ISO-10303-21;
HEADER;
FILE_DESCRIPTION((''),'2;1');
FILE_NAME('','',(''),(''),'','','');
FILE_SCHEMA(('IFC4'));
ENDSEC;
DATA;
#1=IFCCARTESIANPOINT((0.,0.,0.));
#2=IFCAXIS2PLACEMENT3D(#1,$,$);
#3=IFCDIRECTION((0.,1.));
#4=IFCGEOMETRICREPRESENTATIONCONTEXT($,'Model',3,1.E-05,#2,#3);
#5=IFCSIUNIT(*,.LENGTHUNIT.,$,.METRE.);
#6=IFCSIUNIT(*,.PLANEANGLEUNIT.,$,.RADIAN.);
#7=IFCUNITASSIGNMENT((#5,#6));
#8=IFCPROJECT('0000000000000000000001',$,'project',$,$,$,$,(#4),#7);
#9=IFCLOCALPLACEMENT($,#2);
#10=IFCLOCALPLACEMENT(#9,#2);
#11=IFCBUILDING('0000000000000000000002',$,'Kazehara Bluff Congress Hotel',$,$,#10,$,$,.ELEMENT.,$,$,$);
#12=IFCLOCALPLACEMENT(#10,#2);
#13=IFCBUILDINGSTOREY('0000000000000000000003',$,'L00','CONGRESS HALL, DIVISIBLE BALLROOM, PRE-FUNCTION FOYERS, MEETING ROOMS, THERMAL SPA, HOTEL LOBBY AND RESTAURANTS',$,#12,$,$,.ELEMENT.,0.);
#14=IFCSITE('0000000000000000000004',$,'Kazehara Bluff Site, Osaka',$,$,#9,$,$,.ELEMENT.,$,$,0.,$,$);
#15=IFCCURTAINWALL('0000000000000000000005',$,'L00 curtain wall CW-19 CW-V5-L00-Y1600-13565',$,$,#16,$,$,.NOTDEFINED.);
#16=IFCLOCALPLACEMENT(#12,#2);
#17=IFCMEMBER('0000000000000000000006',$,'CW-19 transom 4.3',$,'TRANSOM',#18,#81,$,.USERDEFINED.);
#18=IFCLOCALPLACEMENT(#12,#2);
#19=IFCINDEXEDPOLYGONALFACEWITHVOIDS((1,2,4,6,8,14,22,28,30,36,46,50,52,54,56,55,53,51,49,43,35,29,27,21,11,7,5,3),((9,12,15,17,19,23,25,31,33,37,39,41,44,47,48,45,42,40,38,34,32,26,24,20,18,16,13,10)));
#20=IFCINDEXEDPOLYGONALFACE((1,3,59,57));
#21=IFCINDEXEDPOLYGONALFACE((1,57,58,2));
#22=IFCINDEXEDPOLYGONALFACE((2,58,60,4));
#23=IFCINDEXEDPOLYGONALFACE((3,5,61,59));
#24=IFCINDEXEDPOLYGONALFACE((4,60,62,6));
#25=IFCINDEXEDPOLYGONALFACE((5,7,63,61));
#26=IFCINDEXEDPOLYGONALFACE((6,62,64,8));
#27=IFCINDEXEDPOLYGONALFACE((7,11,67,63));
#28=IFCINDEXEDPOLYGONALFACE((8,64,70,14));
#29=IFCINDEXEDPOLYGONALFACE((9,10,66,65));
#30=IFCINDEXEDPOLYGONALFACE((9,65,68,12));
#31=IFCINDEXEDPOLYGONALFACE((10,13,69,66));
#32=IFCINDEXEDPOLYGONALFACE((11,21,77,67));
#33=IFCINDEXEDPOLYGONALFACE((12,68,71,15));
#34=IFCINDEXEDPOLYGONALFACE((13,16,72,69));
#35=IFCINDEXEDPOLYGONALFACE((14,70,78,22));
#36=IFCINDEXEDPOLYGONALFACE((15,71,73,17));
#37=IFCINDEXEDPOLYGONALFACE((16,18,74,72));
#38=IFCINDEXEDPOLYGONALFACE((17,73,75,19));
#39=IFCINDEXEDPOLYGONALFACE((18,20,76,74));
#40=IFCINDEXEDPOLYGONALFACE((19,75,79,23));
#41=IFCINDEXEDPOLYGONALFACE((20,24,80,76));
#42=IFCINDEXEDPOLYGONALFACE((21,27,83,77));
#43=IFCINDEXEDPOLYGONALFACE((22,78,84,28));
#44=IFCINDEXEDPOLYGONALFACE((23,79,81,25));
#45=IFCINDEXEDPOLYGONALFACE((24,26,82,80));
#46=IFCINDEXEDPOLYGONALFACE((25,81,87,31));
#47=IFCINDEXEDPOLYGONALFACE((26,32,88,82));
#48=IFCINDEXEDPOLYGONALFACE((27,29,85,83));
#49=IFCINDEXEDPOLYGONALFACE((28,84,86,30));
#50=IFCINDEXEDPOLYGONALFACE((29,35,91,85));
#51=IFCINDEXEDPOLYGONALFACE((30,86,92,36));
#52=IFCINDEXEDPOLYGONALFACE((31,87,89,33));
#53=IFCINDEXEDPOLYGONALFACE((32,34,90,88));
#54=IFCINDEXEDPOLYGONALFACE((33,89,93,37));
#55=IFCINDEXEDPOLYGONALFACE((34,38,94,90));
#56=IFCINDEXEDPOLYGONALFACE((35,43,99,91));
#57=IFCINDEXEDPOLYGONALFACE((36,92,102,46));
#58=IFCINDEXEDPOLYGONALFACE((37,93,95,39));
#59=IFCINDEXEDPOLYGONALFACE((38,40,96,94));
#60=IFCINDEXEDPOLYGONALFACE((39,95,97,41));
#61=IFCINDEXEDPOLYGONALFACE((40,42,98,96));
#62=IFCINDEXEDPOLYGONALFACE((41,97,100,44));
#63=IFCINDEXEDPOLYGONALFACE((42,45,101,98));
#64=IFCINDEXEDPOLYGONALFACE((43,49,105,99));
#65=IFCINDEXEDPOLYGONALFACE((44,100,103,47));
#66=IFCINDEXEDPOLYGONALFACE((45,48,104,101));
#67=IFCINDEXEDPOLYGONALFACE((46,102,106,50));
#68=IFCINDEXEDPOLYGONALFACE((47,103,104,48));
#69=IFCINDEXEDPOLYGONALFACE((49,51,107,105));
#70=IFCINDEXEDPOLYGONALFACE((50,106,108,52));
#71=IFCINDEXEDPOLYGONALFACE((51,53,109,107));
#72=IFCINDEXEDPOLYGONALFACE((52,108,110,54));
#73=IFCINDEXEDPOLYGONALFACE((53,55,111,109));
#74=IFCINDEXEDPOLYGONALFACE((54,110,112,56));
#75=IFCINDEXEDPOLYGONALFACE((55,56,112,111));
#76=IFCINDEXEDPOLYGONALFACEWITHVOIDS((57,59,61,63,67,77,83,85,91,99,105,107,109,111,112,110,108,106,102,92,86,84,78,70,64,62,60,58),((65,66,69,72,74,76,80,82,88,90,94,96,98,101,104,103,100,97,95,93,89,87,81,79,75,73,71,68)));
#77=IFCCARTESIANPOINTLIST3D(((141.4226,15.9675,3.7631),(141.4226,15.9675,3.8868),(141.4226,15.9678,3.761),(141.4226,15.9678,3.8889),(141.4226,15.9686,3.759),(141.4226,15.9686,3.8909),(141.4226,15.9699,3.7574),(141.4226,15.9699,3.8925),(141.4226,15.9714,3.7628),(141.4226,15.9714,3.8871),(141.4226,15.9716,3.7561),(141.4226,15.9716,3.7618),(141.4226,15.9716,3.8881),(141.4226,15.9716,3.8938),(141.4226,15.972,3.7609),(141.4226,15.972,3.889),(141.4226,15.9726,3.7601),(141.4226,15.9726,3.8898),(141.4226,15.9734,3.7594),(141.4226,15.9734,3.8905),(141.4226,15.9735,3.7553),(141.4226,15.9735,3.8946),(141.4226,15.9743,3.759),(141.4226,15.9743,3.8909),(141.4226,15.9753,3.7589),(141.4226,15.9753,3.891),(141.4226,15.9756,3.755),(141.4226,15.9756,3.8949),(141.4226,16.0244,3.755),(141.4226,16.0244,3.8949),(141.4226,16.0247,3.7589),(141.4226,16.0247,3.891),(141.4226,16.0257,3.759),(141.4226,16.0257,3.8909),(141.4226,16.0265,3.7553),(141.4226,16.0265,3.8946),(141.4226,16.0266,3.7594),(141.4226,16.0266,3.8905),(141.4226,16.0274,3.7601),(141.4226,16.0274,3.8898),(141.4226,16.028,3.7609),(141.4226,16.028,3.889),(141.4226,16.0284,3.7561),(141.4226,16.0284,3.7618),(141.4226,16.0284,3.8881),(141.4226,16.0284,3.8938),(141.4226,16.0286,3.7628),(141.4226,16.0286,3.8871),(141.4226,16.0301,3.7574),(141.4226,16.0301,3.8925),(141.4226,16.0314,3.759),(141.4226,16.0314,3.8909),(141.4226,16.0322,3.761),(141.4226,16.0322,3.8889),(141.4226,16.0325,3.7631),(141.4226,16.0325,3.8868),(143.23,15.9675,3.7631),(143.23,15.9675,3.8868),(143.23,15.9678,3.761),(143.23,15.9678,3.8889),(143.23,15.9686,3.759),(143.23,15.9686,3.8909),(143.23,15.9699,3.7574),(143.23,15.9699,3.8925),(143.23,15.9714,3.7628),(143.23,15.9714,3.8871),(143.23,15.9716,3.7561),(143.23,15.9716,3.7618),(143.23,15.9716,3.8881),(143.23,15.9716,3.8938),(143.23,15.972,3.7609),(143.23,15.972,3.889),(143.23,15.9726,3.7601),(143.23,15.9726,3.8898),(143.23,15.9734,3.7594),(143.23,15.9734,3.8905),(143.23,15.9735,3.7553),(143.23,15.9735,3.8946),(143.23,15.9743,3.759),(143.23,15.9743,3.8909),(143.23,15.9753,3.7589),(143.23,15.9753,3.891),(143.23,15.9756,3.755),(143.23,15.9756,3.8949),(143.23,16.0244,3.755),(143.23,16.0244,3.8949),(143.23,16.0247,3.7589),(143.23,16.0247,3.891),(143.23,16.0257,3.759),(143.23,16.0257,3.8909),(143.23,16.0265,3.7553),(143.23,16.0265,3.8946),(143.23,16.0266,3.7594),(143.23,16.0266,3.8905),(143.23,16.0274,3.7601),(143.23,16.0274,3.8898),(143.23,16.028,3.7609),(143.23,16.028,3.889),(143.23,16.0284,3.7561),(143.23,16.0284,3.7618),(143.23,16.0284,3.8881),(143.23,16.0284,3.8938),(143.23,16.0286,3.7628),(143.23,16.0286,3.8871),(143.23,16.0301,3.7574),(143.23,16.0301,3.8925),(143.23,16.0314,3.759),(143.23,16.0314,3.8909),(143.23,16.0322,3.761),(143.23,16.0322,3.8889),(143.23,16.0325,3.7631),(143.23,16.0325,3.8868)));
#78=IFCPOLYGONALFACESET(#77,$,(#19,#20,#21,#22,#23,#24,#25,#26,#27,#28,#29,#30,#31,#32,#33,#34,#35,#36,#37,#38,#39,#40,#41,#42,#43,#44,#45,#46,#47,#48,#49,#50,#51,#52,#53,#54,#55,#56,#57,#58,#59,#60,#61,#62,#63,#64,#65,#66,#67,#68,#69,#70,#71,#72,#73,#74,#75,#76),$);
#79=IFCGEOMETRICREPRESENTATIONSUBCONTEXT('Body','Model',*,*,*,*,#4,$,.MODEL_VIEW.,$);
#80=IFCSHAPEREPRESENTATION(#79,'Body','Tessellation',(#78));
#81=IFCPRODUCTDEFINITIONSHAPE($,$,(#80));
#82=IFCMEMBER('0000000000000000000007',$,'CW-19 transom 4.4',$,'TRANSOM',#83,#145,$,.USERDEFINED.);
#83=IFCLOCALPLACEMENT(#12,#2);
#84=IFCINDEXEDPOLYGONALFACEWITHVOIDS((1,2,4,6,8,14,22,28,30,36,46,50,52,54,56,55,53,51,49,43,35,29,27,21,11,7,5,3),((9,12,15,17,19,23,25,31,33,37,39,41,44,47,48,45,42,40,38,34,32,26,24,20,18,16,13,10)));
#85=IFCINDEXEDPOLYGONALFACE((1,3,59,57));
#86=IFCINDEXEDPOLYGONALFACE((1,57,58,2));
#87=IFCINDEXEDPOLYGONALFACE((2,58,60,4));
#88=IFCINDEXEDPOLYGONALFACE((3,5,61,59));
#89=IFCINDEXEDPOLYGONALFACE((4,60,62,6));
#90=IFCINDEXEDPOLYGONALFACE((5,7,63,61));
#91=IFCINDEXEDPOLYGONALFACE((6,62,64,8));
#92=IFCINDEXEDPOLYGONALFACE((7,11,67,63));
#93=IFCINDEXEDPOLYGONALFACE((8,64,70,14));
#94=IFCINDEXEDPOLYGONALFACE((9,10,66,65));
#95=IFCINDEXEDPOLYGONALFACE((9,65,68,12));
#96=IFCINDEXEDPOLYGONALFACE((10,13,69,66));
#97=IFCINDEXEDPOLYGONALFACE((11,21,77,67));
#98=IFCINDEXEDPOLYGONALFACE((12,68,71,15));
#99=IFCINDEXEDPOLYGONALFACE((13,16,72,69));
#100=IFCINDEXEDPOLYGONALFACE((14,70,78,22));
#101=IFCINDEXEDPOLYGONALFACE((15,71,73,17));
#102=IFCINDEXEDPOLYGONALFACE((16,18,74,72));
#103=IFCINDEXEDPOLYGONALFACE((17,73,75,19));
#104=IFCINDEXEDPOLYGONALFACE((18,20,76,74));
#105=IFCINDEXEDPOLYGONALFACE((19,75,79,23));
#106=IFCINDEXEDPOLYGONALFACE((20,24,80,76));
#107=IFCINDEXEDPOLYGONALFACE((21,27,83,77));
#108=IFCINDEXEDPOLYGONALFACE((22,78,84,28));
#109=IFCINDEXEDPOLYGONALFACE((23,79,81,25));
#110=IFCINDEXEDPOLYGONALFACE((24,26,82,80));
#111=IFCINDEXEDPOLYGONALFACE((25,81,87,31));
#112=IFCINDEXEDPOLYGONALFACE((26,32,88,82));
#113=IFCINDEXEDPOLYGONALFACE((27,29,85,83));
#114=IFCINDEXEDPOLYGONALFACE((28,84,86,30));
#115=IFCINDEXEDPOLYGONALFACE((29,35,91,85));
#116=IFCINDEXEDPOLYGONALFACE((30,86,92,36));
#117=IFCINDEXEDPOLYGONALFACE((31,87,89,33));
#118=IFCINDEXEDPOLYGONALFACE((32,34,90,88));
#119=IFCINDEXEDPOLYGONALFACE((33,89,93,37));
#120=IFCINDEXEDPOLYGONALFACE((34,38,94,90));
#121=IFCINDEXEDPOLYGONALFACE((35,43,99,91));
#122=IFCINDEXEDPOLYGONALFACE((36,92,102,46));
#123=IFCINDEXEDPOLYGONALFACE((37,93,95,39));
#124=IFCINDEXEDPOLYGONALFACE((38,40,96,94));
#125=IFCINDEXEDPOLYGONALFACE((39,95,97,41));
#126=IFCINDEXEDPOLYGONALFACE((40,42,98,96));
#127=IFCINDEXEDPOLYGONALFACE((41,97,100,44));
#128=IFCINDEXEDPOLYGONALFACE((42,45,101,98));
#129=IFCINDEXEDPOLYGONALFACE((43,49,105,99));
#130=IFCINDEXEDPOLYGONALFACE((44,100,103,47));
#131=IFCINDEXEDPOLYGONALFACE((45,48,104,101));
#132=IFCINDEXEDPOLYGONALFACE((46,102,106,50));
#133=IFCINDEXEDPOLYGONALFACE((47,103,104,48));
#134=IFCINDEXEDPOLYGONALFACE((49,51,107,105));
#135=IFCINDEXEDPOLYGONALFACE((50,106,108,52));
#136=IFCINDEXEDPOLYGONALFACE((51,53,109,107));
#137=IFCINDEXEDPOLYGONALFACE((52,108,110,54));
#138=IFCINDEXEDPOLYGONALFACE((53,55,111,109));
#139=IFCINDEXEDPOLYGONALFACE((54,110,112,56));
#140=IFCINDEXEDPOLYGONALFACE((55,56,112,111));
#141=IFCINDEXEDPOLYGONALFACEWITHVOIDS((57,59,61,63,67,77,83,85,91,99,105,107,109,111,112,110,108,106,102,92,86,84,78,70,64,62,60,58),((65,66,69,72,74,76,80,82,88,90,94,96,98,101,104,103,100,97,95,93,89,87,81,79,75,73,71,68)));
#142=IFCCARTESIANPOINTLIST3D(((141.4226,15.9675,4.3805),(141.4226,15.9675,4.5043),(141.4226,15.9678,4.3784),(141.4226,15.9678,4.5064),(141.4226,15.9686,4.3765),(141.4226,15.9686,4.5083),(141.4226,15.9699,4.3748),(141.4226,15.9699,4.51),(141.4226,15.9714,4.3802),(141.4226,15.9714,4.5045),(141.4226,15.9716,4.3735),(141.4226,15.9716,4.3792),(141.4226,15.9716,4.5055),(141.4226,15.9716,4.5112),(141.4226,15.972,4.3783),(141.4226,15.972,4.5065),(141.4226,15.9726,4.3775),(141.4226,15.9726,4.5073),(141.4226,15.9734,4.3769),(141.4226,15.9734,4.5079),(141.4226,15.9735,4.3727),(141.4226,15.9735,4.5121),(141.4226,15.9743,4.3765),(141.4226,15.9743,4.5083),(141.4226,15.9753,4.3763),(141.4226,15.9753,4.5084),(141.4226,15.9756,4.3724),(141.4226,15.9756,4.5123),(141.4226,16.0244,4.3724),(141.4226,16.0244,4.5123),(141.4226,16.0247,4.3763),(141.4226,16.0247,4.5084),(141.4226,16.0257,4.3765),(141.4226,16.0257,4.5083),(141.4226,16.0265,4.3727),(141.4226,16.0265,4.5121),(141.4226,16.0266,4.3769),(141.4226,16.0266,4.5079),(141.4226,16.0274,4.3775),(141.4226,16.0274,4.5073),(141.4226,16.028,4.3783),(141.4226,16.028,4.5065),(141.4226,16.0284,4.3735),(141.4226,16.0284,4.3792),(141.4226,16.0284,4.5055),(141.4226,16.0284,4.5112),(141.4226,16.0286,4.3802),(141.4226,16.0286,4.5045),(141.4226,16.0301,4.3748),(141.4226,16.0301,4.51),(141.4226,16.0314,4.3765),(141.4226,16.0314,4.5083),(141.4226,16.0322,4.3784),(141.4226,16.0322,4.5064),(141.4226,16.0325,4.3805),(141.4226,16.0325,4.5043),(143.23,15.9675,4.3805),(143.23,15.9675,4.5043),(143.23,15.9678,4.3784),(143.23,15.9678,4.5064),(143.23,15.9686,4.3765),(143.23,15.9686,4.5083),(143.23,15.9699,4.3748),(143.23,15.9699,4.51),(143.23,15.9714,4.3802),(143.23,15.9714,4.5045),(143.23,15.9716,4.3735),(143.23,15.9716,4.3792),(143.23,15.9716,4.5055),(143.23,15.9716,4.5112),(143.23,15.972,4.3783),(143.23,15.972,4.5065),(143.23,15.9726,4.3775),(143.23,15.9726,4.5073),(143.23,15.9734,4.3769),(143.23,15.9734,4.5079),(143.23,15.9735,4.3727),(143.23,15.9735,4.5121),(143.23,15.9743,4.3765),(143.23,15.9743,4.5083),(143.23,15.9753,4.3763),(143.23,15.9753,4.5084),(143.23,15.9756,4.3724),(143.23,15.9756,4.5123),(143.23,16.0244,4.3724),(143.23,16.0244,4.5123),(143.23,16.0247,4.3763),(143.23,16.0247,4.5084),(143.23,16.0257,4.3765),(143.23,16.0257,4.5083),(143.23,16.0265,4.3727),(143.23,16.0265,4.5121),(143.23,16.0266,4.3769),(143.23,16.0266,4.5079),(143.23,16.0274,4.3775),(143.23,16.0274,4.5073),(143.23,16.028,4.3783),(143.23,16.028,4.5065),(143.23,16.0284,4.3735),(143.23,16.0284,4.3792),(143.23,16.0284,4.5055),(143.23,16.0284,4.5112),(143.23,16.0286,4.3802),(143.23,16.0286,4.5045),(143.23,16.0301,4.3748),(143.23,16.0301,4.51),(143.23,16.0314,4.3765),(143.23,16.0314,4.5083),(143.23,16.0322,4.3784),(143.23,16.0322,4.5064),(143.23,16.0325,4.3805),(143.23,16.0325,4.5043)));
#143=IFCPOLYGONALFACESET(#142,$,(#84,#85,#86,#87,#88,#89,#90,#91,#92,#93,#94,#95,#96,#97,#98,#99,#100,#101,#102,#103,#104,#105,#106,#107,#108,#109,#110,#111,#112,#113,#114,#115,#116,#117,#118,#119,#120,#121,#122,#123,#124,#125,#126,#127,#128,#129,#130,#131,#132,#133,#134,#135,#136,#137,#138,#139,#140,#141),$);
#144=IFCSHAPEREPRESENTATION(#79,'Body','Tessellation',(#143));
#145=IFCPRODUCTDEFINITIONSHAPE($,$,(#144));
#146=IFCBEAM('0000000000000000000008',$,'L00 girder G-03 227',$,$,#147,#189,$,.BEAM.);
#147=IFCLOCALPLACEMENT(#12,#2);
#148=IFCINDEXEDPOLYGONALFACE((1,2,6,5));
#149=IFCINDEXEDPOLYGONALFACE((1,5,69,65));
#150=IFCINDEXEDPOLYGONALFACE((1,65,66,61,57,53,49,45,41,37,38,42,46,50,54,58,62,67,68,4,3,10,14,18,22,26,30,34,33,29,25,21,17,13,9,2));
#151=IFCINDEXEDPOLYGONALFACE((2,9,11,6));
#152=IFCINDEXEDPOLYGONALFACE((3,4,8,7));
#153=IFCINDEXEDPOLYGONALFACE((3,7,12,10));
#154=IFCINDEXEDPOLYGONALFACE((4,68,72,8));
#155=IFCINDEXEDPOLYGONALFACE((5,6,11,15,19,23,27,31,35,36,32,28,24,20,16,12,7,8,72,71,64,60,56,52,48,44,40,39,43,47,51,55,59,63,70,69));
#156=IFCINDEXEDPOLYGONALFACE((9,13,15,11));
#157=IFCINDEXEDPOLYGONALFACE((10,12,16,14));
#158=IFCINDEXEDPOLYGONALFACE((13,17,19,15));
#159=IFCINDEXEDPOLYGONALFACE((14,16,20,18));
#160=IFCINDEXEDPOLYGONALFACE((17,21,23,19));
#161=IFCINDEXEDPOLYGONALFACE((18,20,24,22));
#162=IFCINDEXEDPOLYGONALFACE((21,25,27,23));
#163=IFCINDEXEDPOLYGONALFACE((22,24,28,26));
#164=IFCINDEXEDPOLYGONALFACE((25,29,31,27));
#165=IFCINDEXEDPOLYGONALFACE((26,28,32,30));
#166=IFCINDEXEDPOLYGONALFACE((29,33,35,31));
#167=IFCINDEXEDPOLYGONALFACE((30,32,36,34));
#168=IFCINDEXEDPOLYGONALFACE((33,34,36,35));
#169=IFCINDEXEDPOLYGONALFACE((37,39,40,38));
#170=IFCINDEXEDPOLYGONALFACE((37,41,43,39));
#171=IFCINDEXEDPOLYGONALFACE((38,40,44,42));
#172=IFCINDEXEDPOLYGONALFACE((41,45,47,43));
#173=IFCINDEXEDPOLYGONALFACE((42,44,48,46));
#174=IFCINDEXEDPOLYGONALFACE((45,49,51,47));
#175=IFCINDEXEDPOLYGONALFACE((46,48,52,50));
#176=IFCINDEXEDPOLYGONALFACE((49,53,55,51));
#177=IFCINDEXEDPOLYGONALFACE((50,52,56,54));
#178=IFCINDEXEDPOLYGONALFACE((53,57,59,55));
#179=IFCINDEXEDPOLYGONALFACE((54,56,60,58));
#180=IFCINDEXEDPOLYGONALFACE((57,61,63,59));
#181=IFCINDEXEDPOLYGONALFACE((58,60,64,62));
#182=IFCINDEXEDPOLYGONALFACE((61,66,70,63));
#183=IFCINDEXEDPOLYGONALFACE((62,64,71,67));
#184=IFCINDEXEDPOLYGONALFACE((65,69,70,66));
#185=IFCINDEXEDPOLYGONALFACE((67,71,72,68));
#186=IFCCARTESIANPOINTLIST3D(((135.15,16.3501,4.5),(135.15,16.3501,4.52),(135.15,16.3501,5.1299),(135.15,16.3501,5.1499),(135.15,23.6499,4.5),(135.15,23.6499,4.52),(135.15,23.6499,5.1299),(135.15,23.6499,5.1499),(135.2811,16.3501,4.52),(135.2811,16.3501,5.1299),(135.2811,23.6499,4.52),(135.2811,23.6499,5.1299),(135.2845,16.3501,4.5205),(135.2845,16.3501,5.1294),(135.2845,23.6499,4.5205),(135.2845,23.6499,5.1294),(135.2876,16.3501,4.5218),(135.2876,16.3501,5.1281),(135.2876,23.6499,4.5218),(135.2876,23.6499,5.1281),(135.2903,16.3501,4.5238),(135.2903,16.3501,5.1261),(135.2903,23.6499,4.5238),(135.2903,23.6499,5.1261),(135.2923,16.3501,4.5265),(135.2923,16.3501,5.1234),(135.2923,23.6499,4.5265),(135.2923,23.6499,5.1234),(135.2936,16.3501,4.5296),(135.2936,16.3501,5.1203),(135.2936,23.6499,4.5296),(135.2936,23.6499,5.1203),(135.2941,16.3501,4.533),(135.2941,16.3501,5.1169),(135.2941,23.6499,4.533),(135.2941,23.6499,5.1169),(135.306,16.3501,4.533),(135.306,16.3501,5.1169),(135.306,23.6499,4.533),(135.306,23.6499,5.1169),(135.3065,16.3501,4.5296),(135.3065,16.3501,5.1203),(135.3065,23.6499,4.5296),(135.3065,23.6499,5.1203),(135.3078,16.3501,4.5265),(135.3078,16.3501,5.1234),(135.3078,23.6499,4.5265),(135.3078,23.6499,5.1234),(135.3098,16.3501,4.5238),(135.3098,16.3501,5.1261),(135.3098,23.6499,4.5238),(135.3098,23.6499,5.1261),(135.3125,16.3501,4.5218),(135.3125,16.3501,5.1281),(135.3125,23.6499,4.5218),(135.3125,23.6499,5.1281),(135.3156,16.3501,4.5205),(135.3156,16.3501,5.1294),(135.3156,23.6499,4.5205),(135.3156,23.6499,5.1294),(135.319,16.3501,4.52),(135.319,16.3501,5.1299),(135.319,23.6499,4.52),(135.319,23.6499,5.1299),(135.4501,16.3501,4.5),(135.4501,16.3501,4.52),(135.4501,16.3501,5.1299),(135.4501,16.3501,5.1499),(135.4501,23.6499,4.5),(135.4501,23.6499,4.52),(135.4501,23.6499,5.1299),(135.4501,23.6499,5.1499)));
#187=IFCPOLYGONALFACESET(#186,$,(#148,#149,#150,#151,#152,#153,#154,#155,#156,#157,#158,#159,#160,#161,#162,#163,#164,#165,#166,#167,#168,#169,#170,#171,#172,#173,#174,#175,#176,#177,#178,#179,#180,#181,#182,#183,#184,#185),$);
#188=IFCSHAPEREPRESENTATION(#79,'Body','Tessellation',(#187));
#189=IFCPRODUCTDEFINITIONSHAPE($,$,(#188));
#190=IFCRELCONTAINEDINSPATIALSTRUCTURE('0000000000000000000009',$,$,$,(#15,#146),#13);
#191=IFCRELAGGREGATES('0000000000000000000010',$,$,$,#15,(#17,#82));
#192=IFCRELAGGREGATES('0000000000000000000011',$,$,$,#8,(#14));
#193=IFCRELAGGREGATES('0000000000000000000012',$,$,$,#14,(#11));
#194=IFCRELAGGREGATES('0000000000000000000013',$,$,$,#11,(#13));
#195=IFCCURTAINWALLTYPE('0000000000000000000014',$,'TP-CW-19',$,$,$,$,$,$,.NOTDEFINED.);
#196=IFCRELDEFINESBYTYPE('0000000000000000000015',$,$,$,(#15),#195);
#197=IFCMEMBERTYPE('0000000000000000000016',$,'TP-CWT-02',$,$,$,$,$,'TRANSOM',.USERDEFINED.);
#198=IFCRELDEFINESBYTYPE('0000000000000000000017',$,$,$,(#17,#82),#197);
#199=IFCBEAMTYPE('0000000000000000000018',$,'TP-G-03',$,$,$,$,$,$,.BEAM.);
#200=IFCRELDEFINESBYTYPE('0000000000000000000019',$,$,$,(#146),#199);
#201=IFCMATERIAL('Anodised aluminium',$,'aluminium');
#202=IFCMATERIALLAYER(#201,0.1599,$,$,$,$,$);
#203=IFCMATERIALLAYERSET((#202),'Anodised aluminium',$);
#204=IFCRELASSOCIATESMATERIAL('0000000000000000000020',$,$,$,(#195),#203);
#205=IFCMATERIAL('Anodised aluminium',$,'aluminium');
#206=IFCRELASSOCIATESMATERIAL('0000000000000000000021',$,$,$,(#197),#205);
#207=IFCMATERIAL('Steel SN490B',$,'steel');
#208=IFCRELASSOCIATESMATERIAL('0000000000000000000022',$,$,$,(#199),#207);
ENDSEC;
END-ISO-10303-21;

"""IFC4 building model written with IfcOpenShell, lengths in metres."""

from ifc_helpers import new_model, si_unit, direction, frame, origin, origin_2d, place, context, subcontext, project, spatial, hollow_rectangle, i_section, extrude, material, layer, layer_set, material_profile, profile_set, type_object, element, aggregate, save


model = new_model("IFC4")

# Units and contexts
model_context = context("Model", 3, precision=1e-05, world=origin(), true_north=direction((0.0, 1.0)))
body_context = subcontext(model_context, "Body", "Model", "MODEL_VIEW")
ifc_project = project(units=[si_unit("LENGTHUNIT", "METRE"), si_unit("PLANEANGLEUNIT", "RADIAN")], contexts=[model_context])

# Site, building, storey
site_placement = place(None, origin())
site = spatial("IfcSite", under=ifc_project, at=site_placement, Name="Kazehara Bluff Site, Osaka", CompositionType="ELEMENT", RefElevation=0.0)
building_placement = place(site_placement, origin())
building = spatial("IfcBuilding", under=site, at=building_placement, Name="Kazehara Bluff Congress Hotel", CompositionType="ELEMENT")
storey_placement = place(building_placement, origin())
storey = spatial("IfcBuildingStorey", under=building, at=storey_placement, Name="L00", Description="CONGRESS HALL, DIVISIBLE BALLROOM, PRE-FUNCTION FOYERS, MEETING ROOMS, THERMAL SPA, HOTEL LOBBY AND RESTAURANTS", CompositionType="ELEMENT", Elevation=0.0)

# Curtain wall, members
ifc_material_1 = material(Name="Anodised aluminium", Category="aluminium")
ifc_layer_1 = layer(ifc_material_1, 0.1599)
ifc_layer_set_1 = layer_set([ifc_layer_1], Name="Anodised aluminium")
curtain_wall_type = type_object("IfcCurtainWallType", Name="TP-CW-19", PredefinedType="NOTDEFINED", material=ifc_layer_set_1)
curtain_wall_placement = place(storey_placement, origin())
curtain_wall = element("IfcCurtainWall", 1, at=curtain_wall_placement, inside=storey, type_object=curtain_wall_type, Name="L00 curtain wall CW-19 CW-V5-L00-Y1600-13565", PredefinedType="NOTDEFINED")
ifc_material_2 = material(Name="Anodised aluminium", Category="aluminium")
ifc_material_profile_1 = material_profile(ifc_material_2, hollow_rectangle(XDim=0.0649, YDim=0.1399, WallThickness=0.0039, InnerFilletRadius=0.0039, OuterFilletRadius=0.0081, at=origin_2d()))
ifc_profile_set_1 = profile_set([ifc_material_profile_1], Name="Anodised aluminium")
member_type_1 = type_object("IfcMemberType", Name="TP-CWT-02", ElementType="TRANSOM", PredefinedType="USERDEFINED", material=ifc_profile_set_1)
member_1_placement = place(storey_placement, frame((141.4226, 16.0, 3.825), z_axis=(1.0, 0.0, 0.0), x_axis=(0.0, 1.0, 0.0)))
member_1 = element("IfcMember", 2, at=member_1_placement, type_object=member_type_1, Name="CW-19 transom 4.3", ObjectType="TRANSOM", PredefinedType="USERDEFINED", context=body_context, shape_type="SweptSolid", body=[
    extrude(hollow_rectangle(XDim=0.0649, YDim=0.1399, WallThickness=0.0039, InnerFilletRadius=0.0039, OuterFilletRadius=0.0081, at=origin_2d()), origin(), (0.0, 0.0, 1.0), 1.8074),
])
member_2_placement = place(storey_placement, frame((141.4226, 16.0, 4.4424), z_axis=(1.0, 0.0, 0.0), x_axis=(0.0, 1.0, 0.0)))
member_2 = element("IfcMember", 3, at=member_2_placement, type_object=member_type_1, Name="CW-19 transom 4.4", ObjectType="TRANSOM", PredefinedType="USERDEFINED", context=body_context, shape_type="SweptSolid", body=[
    extrude(hollow_rectangle(XDim=0.0649, YDim=0.1399, WallThickness=0.0039, InnerFilletRadius=0.0039, OuterFilletRadius=0.0081, at=origin_2d()), origin(), (0.0, 0.0, 1.0), 1.8074),
])

# Beam
ifc_material_3 = material(Name="Steel SN490B", Category="steel")
ifc_material_profile_2 = material_profile(ifc_material_3, i_section(OverallWidth=0.3, OverallDepth=0.6499, WebThickness=0.012, FlangeThickness=0.02, FilletRadius=0.0129, at=origin_2d()))
ifc_profile_set_2 = profile_set([ifc_material_profile_2], Name="Steel SN490B")
beam_type_1 = type_object("IfcBeamType", Name="TP-G-03", PredefinedType="BEAM", material=ifc_profile_set_2)
for number, where, z_axis, x_axis, name in (
    (4, (135.3, 16.3501, 4.825), (0.0, 1.0, 0.0), (-1.0, 0.0, 0.0), "L00 girder G-03 227"),
):
    element("IfcBeam", number, at=place(storey_placement, frame(where, z_axis=z_axis, x_axis=x_axis)), inside=storey, type_object=beam_type_1, Name=name, PredefinedType="BEAM", context=body_context, shape_type="SweptSolid", body=[
        extrude(i_section(OverallWidth=0.3, OverallDepth=0.6499, WebThickness=0.012, FlangeThickness=0.02, FilletRadius=0.0129, at=origin_2d()), origin(), (0.0, 0.0, 1.0), 7.2998),
    ])

aggregate(curtain_wall, [member_1, member_2])

save(model, "model.ifc")
